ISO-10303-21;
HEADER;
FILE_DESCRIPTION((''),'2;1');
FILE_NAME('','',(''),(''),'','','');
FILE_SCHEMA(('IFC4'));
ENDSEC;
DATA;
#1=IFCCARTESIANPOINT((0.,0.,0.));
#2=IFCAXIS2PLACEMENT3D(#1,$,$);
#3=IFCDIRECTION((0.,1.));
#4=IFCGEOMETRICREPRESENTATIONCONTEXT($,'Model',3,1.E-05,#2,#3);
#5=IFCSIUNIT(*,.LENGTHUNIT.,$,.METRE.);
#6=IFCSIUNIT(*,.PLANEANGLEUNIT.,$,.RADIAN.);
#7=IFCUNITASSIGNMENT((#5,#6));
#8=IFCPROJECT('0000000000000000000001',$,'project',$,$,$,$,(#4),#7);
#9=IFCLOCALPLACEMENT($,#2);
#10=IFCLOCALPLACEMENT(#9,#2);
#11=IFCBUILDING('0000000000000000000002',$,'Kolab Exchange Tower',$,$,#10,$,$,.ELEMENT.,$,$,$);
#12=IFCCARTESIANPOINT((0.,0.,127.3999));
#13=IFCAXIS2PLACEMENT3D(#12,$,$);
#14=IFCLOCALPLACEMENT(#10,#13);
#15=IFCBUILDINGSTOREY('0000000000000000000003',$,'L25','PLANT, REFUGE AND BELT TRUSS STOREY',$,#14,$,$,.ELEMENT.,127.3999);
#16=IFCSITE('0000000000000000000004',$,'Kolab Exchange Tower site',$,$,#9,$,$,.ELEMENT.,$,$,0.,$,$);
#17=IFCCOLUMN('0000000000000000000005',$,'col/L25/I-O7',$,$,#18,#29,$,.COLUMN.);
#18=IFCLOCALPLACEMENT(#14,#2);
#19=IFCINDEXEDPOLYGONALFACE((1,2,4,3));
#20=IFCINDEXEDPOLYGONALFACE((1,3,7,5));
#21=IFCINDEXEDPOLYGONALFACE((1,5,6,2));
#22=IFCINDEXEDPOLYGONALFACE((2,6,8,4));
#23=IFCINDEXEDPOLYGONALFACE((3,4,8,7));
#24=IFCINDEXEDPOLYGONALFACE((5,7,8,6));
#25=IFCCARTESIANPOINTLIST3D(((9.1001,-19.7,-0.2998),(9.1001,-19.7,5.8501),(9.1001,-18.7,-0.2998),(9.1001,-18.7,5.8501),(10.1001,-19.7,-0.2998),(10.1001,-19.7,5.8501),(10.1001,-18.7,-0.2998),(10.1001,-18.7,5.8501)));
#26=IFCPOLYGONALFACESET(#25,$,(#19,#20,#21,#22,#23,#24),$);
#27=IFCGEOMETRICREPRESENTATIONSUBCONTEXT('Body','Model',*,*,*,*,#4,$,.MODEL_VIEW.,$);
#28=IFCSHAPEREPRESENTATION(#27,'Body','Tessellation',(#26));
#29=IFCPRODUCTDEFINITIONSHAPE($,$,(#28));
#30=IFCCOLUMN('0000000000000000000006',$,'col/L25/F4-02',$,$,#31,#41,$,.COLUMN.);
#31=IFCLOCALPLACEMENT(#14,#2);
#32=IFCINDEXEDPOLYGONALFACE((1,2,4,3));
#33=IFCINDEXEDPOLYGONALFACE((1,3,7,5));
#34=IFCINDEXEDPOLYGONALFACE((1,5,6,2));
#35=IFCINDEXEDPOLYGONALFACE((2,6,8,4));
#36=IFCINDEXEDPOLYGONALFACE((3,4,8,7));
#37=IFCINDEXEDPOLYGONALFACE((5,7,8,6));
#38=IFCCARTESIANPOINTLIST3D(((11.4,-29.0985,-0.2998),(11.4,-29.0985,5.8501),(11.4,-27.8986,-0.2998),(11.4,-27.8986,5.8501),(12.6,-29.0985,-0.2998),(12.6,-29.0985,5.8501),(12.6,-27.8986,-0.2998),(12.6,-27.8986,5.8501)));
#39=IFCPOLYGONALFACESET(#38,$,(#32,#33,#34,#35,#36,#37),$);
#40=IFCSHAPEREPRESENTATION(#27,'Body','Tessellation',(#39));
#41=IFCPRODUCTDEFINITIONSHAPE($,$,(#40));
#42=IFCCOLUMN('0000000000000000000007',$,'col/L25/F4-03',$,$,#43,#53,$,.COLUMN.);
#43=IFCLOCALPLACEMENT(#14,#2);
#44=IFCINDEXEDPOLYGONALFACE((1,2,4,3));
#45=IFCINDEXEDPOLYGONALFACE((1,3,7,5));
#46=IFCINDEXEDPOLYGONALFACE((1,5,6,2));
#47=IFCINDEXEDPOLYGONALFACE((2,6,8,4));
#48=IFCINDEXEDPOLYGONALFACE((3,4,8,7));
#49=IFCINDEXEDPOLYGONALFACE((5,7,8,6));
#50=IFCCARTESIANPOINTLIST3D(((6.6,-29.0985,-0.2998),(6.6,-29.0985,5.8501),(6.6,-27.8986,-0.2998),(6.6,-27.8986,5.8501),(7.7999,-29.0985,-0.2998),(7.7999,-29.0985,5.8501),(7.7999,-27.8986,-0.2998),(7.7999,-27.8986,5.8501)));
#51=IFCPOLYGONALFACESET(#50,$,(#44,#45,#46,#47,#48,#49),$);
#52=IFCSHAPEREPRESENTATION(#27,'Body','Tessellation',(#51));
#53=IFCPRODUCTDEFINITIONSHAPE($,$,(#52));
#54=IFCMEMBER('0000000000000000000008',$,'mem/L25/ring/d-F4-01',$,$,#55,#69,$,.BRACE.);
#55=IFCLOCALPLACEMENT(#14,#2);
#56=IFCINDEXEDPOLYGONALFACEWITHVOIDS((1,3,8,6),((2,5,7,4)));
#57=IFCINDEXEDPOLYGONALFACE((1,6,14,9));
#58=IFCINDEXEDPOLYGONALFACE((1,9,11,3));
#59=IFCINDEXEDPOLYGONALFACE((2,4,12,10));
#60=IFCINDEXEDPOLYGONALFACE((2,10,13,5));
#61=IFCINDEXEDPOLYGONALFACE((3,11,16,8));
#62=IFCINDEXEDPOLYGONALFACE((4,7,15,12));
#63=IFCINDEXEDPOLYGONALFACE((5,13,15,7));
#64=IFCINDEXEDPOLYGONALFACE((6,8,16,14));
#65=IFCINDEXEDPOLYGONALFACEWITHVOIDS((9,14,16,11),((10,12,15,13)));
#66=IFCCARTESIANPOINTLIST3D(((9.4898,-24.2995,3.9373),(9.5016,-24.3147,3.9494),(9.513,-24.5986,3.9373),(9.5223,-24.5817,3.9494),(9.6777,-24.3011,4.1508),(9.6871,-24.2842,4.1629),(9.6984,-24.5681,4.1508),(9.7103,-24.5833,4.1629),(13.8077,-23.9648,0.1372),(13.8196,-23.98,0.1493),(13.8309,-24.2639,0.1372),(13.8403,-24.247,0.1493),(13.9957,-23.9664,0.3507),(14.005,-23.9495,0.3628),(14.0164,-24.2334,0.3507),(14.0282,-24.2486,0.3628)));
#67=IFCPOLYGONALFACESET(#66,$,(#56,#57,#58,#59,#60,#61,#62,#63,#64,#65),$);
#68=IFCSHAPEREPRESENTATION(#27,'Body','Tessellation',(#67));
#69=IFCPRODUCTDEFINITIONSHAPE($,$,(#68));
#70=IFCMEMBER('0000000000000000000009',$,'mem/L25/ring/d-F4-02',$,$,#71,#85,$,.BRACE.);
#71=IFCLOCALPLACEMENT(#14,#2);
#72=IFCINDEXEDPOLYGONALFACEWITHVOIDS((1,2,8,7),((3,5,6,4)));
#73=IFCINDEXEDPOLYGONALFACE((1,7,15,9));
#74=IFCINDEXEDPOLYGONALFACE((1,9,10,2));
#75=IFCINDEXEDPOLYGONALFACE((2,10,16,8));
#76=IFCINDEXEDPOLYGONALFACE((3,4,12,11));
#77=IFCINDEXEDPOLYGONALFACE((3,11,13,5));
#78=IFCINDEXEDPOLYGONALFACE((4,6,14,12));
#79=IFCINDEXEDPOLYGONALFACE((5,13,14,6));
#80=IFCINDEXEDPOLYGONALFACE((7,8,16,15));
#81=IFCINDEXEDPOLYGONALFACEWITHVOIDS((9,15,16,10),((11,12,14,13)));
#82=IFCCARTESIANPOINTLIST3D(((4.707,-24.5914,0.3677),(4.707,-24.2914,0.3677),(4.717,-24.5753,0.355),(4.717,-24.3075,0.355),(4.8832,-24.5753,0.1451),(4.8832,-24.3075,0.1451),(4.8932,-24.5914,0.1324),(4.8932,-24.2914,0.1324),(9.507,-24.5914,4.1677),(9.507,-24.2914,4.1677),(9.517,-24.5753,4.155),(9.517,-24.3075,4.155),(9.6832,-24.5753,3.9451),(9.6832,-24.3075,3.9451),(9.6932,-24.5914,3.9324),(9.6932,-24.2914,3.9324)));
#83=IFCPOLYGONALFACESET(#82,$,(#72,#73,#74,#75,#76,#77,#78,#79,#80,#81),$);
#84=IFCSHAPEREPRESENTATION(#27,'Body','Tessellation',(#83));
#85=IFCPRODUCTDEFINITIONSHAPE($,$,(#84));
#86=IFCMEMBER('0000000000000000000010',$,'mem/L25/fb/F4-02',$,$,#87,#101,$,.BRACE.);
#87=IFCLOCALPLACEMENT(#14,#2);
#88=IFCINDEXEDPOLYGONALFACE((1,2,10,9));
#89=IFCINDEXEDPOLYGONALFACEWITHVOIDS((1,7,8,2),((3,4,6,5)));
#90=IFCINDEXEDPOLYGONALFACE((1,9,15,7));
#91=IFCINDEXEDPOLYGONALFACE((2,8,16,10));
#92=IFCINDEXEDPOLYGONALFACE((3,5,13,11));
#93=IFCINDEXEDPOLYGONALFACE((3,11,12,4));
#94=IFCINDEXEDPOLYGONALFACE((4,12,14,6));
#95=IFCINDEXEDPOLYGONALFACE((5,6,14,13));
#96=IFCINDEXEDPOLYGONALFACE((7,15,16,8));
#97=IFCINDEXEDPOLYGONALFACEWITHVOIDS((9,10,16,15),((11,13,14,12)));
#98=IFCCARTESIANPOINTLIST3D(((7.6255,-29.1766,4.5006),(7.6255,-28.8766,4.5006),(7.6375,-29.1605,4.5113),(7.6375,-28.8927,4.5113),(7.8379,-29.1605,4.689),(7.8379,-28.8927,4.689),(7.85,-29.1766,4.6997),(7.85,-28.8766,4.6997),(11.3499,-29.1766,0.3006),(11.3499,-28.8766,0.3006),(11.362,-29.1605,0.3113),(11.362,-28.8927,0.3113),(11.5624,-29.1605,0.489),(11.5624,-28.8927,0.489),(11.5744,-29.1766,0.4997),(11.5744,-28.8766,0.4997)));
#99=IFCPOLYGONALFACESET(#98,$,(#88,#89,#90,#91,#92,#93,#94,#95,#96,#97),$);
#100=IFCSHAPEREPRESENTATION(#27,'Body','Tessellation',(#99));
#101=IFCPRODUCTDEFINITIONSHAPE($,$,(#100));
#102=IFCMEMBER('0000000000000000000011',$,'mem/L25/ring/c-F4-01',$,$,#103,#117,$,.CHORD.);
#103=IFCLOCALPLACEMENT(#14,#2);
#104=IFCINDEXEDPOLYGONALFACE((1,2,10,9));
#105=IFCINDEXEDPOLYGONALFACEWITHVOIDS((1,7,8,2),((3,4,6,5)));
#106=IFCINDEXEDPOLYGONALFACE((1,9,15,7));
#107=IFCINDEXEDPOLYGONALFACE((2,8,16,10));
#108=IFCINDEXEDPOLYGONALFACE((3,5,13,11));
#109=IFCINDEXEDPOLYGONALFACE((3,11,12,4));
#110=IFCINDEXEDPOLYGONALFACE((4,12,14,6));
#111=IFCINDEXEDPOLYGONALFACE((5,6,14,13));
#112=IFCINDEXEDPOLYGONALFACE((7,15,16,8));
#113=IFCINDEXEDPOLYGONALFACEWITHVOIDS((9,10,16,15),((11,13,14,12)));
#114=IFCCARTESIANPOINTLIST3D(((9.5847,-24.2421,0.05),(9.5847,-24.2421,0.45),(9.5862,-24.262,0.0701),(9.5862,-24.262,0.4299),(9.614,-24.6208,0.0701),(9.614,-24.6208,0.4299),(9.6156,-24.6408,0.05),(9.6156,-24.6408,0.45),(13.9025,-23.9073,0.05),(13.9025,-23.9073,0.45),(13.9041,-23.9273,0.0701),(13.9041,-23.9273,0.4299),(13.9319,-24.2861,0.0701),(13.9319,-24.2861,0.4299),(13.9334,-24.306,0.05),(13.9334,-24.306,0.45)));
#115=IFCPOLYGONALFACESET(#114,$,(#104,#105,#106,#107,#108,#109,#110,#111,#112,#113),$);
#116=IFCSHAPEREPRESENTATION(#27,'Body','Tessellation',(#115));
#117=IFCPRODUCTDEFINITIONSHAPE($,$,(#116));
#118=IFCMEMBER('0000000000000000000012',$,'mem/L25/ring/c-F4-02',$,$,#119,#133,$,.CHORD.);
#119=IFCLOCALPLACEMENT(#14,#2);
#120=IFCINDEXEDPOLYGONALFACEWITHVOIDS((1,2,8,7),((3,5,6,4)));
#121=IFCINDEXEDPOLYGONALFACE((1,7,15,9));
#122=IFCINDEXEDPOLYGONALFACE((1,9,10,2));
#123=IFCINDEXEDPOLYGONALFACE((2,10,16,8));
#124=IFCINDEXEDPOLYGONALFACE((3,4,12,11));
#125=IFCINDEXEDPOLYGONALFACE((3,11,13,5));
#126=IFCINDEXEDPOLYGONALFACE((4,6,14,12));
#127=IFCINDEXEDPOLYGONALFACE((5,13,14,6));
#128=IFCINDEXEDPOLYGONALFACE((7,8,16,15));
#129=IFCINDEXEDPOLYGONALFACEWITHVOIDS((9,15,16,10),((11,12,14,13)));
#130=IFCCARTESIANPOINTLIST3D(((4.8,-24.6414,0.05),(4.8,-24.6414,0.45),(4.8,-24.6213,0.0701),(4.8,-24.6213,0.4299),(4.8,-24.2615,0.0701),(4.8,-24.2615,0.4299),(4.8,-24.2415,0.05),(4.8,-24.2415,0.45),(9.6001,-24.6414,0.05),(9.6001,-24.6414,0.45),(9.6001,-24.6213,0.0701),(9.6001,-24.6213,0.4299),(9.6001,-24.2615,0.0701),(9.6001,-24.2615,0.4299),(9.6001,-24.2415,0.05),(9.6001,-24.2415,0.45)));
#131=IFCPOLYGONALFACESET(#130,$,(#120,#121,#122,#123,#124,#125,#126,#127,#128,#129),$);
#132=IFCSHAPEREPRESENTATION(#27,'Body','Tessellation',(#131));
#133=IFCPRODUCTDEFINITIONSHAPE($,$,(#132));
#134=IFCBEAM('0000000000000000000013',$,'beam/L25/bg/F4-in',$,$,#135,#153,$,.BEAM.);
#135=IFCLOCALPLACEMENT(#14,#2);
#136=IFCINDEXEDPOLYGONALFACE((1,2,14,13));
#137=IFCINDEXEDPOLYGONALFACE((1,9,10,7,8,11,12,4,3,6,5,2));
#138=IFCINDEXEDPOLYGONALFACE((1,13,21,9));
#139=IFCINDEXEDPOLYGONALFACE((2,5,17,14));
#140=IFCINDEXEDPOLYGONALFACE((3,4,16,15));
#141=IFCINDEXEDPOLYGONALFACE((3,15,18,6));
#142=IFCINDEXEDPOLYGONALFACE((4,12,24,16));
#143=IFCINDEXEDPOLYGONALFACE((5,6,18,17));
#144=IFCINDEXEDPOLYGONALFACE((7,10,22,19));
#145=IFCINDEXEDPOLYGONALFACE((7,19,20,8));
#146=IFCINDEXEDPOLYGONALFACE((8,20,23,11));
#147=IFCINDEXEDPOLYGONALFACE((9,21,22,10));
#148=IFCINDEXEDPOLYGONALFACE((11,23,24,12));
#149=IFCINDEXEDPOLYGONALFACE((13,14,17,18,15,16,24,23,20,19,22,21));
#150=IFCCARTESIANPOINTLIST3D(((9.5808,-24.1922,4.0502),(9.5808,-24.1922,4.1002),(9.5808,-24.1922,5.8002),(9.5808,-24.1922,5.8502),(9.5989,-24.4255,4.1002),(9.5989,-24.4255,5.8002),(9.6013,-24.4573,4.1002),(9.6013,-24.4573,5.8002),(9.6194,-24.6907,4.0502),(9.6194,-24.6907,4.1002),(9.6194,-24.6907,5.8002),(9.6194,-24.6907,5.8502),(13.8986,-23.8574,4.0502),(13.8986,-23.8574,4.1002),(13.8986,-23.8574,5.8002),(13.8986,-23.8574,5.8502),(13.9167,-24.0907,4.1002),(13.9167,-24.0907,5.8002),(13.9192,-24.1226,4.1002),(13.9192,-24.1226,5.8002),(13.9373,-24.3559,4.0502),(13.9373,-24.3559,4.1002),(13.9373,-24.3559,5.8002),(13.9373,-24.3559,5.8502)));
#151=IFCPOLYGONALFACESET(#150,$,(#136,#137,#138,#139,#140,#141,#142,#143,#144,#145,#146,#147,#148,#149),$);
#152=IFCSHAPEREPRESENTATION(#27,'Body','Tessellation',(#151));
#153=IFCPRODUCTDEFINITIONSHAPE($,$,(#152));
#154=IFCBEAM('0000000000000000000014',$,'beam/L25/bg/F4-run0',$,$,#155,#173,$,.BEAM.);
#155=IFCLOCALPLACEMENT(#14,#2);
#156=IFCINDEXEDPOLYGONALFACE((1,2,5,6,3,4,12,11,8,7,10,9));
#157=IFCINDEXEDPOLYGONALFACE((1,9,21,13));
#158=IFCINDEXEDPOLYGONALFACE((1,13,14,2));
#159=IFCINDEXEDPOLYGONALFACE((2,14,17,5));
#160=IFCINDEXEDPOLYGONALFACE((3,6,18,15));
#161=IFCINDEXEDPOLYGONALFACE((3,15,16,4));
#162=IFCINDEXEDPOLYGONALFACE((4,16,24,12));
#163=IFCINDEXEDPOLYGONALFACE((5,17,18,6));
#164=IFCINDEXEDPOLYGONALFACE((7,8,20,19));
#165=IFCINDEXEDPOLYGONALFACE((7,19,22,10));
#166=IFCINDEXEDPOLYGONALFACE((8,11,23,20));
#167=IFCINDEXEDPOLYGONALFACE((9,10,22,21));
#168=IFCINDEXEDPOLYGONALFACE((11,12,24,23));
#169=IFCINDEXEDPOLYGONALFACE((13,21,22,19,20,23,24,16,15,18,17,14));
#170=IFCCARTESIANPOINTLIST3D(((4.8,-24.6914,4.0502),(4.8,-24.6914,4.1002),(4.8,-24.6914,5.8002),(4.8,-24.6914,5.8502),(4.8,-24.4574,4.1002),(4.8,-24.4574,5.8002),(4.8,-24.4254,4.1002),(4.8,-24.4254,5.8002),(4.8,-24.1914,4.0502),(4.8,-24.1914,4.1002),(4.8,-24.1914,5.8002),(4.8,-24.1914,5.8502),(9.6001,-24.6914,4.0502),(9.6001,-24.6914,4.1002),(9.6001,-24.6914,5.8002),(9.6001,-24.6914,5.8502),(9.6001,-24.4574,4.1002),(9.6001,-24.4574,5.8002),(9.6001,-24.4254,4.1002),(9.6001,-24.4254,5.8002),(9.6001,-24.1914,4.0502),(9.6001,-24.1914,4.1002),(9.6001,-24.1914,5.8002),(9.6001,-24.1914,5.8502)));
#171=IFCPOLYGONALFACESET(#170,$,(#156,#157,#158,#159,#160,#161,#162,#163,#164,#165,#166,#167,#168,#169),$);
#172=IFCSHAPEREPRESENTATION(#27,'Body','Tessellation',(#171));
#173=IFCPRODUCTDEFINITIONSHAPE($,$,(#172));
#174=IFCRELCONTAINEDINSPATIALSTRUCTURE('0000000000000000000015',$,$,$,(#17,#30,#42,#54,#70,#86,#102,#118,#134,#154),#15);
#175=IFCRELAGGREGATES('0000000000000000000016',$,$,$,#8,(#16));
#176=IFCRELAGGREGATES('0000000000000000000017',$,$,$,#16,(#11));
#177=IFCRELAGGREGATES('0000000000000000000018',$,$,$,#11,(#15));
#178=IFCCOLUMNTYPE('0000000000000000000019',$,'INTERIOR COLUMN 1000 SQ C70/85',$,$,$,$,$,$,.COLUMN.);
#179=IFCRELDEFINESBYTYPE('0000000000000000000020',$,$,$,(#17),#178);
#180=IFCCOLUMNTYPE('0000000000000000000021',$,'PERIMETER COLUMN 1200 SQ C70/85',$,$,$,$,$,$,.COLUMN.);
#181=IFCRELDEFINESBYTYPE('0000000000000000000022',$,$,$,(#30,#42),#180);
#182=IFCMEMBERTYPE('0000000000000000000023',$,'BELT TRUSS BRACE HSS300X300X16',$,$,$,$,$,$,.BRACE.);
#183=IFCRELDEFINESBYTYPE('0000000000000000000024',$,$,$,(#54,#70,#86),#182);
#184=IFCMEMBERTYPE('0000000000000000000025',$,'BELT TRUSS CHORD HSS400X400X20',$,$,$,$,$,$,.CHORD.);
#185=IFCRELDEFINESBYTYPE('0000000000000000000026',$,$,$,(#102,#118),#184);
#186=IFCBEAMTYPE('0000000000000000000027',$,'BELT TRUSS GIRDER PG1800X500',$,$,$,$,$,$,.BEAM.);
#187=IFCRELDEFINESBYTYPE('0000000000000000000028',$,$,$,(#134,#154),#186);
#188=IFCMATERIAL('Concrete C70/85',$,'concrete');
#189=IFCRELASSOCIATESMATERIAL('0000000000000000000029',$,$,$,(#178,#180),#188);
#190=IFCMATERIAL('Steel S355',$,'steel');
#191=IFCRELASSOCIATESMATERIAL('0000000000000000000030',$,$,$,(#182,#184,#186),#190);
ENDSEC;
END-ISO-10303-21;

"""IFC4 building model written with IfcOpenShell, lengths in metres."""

from ifc_helpers import new_model, si_unit, direction, frame, origin, origin_2d, place, context, subcontext, project, spatial, rectangle, hollow_rectangle, i_section, extrude, material, material_profile, profile_set, type_object, element, save


model = new_model("IFC4")

# Units and contexts
model_context = context("Model", 3, precision=1e-05, world=origin(), true_north=direction((0.0, 1.0)))
body_context = subcontext(model_context, "Body", "Model", "MODEL_VIEW")
ifc_project = project(units=[si_unit("LENGTHUNIT", "METRE"), si_unit("PLANEANGLEUNIT", "RADIAN")], contexts=[model_context])

# Site, building, storey
site_placement = place(None, origin())
site = spatial("IfcSite", under=ifc_project, at=site_placement, Name="Kolab Exchange Tower site", CompositionType="ELEMENT", RefElevation=0.0)
building_placement = place(site_placement, origin())
building = spatial("IfcBuilding", under=site, at=building_placement, Name="Kolab Exchange Tower", CompositionType="ELEMENT")
storey_placement = place(building_placement, frame((0.0, 0.0, 127.3999)))
storey = spatial("IfcBuildingStorey", under=building, at=storey_placement, Name="L25", Description="PLANT, REFUGE AND BELT TRUSS STOREY", CompositionType="ELEMENT", Elevation=127.3999)

# Columns
ifc_material_1 = material(Name="Concrete C70/85", Category="concrete")
ifc_material_profile_1 = material_profile(ifc_material_1, rectangle(XDim=1.0, YDim=1.0, at=origin_2d()), Name="RC1000")
ifc_profile_set_1 = profile_set([ifc_material_profile_1], Name="Concrete C70/85")
column_type_1 = type_object("IfcColumnType", Name="INTERIOR COLUMN 1000 SQ C70/85", PredefinedType="COLUMN", material=ifc_profile_set_1)
column_placement = place(storey_placement, frame((9.6001, -19.2, -0.2998), z_axis=(0.0, 0.0, 1.0), x_axis=(1.0, 0.0, 0.0)))
element("IfcColumn", 1, at=column_placement, inside=storey, type_object=column_type_1, Name="col/L25/I-O7", PredefinedType="COLUMN", context=body_context, shape_type="SweptSolid", body=[
    extrude(rectangle(XDim=1.0, YDim=1.0, at=origin_2d()), origin(), (0.0, 0.0, 1.0), 6.1499),
])
ifc_material_profile_2 = material_profile(ifc_material_1, rectangle(XDim=1.2, YDim=1.2, at=origin_2d()), Name="RC1200")
ifc_profile_set_2 = profile_set([ifc_material_profile_2], Name="Concrete C70/85")
column_type_2 = type_object("IfcColumnType", Name="PERIMETER COLUMN 1200 SQ C70/85", PredefinedType="COLUMN", material=ifc_profile_set_2)
for number, where, z_axis, x_axis, name in (
    (2, (12.0, -28.4985, -0.2998), (0.0, 0.0, 1.0), (1.0, 0.0, 0.0), "col/L25/F4-02"),
    (3, (7.2, -28.4985, -0.2998), (0.0, 0.0, 1.0), (1.0, 0.0, 0.0), "col/L25/F4-03"),
):
    element("IfcColumn", number, at=place(storey_placement, frame(where, z_axis=z_axis, x_axis=x_axis)), inside=storey, type_object=column_type_2, Name=name, PredefinedType="COLUMN", context=body_context, shape_type="SweptSolid", body=[
        extrude(rectangle(XDim=1.2, YDim=1.2, at=origin_2d()), origin(), (0.0, 0.0, 1.0), 6.1499),
    ])

# Members
ifc_material_2 = material(Name="Steel S355", Category="steel")
ifc_material_profile_3 = material_profile(ifc_material_2, hollow_rectangle(XDim=0.3, YDim=0.3, WallThickness=0.0161, at=origin_2d()), Name="HSS300X300X16")
ifc_profile_set_3 = profile_set([ifc_material_profile_3], Name="Steel S355")
member_type_1 = type_object("IfcMemberType", Name="BELT TRUSS BRACE HSS300X300X16", PredefinedType="BRACE", material=ifc_profile_set_3)
member_1_placement = place(storey_placement, frame((13.918, -24.1067, 0.25), z_axis=(-0.749418, -0.058094, 0.659544), x_axis=(0.077287, -0.997009, 0.0)))
element("IfcMember", 4, at=member_1_placement, inside=storey, type_object=member_type_1, Name="mem/L25/ring/d-F4-01", PredefinedType="BRACE", context=body_context, shape_type="SweptSolid", body=[
    extrude(hollow_rectangle(XDim=0.3, YDim=0.3, WallThickness=0.0161, at=origin_2d()), origin(), (0.0, 0.0, 1.0), 5.7617),
])
member_2_placement = place(storey_placement, frame((9.6001, -24.4414, 4.05), z_axis=(-0.784045, 0.0, -0.620704), x_axis=(0.0, -1.0, 0.0)))
element("IfcMember", 5, at=member_2_placement, inside=storey, type_object=member_type_1, Name="mem/L25/ring/d-F4-02", PredefinedType="BRACE", context=body_context, shape_type="SweptSolid", body=[
    extrude(hollow_rectangle(XDim=0.3, YDim=0.3, WallThickness=0.0161, at=origin_2d()), origin(), (0.0, 0.0, 1.0), 6.1221),
])
member_3_placement = place(storey_placement, frame((11.4622, -29.0266, 0.4001), z_axis=(-0.663475, 0.0, 0.748198), x_axis=(0.0, -1.0, 0.0)))
element("IfcMember", 6, at=member_3_placement, inside=storey, type_object=member_type_1, Name="mem/L25/fb/F4-02", PredefinedType="BRACE", context=body_context, shape_type="SweptSolid", body=[
    extrude(hollow_rectangle(XDim=0.3, YDim=0.3, WallThickness=0.0161, at=origin_2d()), origin(), (0.0, 0.0, 1.0), 5.6135),
])
ifc_material_profile_4 = material_profile(ifc_material_2, hollow_rectangle(XDim=0.3999, YDim=0.3999, WallThickness=0.02, at=origin_2d()), Name="HSS400X400X20")
ifc_profile_set_4 = profile_set([ifc_material_profile_4], Name="Steel S355")
member_type_2 = type_object("IfcMemberType", Name="BELT TRUSS CHORD HSS400X400X20", PredefinedType="CHORD", material=ifc_profile_set_4)
member_4_placement = place(storey_placement, frame((13.918, -24.1067, 0.25), z_axis=(-0.997009, -0.077287, 0.0), x_axis=(0.077287, -0.997009, 0.0)))
element("IfcMember", 7, at=member_4_placement, inside=storey, type_object=member_type_2, Name="mem/L25/ring/c-F4-01", PredefinedType="CHORD", context=body_context, shape_type="SweptSolid", body=[
    extrude(hollow_rectangle(XDim=0.3999, YDim=0.3999, WallThickness=0.02, at=origin_2d()), origin(), (0.0, 0.0, 1.0), 4.3308),
])
member_5_placement = place(storey_placement, frame((9.6001, -24.4414, 0.25), z_axis=(-1.0, 0.0, 0.0), x_axis=(0.0, -1.0, 0.0)))
element("IfcMember", 8, at=member_5_placement, inside=storey, type_object=member_type_2, Name="mem/L25/ring/c-F4-02", PredefinedType="CHORD", context=body_context, shape_type="SweptSolid", body=[
    extrude(hollow_rectangle(XDim=0.3999, YDim=0.3999, WallThickness=0.02, at=origin_2d()), origin(), (0.0, 0.0, 1.0), 4.8),
])

# Beams
ifc_material_profile_5 = material_profile(ifc_material_2, i_section(OverallWidth=0.5, OverallDepth=1.8, WebThickness=0.032, FlangeThickness=0.05, at=origin_2d()), Name="PG1800X500")
ifc_profile_set_5 = profile_set([ifc_material_profile_5], Name="Steel S355")
beam_type_1 = type_object("IfcBeamType", Name="BELT TRUSS GIRDER PG1800X500", PredefinedType="BEAM", material=ifc_profile_set_5)
beam_1_placement = place(storey_placement, frame((13.918, -24.1067, 4.9502), z_axis=(-0.997009, -0.077287, 0.0), x_axis=(0.077287, -0.997009, 0.0)))
element("IfcBeam", 9, at=beam_1_placement, inside=storey, type_object=beam_type_1, Name="beam/L25/bg/F4-in", PredefinedType="BEAM", context=body_context, shape_type="SweptSolid", body=[
    extrude(i_section(OverallWidth=0.5, OverallDepth=1.8, WebThickness=0.032, FlangeThickness=0.05, at=origin_2d()), origin(), (0.0, 0.0, 1.0), 4.3308),
])
beam_2_placement = place(storey_placement, frame((9.6001, -24.4414, 4.9502), z_axis=(-1.0, 0.0, 0.0), x_axis=(0.0, -1.0, 0.0)))
element("IfcBeam", 10, at=beam_2_placement, inside=storey, type_object=beam_type_1, Name="beam/L25/bg/F4-run0", PredefinedType="BEAM", context=body_context, shape_type="SweptSolid", body=[
    extrude(i_section(OverallWidth=0.5, OverallDepth=1.8, WebThickness=0.032, FlangeThickness=0.05, at=origin_2d()), origin(), (0.0, 0.0, 1.0), 4.8),
])

save(model, "model.ifc")
